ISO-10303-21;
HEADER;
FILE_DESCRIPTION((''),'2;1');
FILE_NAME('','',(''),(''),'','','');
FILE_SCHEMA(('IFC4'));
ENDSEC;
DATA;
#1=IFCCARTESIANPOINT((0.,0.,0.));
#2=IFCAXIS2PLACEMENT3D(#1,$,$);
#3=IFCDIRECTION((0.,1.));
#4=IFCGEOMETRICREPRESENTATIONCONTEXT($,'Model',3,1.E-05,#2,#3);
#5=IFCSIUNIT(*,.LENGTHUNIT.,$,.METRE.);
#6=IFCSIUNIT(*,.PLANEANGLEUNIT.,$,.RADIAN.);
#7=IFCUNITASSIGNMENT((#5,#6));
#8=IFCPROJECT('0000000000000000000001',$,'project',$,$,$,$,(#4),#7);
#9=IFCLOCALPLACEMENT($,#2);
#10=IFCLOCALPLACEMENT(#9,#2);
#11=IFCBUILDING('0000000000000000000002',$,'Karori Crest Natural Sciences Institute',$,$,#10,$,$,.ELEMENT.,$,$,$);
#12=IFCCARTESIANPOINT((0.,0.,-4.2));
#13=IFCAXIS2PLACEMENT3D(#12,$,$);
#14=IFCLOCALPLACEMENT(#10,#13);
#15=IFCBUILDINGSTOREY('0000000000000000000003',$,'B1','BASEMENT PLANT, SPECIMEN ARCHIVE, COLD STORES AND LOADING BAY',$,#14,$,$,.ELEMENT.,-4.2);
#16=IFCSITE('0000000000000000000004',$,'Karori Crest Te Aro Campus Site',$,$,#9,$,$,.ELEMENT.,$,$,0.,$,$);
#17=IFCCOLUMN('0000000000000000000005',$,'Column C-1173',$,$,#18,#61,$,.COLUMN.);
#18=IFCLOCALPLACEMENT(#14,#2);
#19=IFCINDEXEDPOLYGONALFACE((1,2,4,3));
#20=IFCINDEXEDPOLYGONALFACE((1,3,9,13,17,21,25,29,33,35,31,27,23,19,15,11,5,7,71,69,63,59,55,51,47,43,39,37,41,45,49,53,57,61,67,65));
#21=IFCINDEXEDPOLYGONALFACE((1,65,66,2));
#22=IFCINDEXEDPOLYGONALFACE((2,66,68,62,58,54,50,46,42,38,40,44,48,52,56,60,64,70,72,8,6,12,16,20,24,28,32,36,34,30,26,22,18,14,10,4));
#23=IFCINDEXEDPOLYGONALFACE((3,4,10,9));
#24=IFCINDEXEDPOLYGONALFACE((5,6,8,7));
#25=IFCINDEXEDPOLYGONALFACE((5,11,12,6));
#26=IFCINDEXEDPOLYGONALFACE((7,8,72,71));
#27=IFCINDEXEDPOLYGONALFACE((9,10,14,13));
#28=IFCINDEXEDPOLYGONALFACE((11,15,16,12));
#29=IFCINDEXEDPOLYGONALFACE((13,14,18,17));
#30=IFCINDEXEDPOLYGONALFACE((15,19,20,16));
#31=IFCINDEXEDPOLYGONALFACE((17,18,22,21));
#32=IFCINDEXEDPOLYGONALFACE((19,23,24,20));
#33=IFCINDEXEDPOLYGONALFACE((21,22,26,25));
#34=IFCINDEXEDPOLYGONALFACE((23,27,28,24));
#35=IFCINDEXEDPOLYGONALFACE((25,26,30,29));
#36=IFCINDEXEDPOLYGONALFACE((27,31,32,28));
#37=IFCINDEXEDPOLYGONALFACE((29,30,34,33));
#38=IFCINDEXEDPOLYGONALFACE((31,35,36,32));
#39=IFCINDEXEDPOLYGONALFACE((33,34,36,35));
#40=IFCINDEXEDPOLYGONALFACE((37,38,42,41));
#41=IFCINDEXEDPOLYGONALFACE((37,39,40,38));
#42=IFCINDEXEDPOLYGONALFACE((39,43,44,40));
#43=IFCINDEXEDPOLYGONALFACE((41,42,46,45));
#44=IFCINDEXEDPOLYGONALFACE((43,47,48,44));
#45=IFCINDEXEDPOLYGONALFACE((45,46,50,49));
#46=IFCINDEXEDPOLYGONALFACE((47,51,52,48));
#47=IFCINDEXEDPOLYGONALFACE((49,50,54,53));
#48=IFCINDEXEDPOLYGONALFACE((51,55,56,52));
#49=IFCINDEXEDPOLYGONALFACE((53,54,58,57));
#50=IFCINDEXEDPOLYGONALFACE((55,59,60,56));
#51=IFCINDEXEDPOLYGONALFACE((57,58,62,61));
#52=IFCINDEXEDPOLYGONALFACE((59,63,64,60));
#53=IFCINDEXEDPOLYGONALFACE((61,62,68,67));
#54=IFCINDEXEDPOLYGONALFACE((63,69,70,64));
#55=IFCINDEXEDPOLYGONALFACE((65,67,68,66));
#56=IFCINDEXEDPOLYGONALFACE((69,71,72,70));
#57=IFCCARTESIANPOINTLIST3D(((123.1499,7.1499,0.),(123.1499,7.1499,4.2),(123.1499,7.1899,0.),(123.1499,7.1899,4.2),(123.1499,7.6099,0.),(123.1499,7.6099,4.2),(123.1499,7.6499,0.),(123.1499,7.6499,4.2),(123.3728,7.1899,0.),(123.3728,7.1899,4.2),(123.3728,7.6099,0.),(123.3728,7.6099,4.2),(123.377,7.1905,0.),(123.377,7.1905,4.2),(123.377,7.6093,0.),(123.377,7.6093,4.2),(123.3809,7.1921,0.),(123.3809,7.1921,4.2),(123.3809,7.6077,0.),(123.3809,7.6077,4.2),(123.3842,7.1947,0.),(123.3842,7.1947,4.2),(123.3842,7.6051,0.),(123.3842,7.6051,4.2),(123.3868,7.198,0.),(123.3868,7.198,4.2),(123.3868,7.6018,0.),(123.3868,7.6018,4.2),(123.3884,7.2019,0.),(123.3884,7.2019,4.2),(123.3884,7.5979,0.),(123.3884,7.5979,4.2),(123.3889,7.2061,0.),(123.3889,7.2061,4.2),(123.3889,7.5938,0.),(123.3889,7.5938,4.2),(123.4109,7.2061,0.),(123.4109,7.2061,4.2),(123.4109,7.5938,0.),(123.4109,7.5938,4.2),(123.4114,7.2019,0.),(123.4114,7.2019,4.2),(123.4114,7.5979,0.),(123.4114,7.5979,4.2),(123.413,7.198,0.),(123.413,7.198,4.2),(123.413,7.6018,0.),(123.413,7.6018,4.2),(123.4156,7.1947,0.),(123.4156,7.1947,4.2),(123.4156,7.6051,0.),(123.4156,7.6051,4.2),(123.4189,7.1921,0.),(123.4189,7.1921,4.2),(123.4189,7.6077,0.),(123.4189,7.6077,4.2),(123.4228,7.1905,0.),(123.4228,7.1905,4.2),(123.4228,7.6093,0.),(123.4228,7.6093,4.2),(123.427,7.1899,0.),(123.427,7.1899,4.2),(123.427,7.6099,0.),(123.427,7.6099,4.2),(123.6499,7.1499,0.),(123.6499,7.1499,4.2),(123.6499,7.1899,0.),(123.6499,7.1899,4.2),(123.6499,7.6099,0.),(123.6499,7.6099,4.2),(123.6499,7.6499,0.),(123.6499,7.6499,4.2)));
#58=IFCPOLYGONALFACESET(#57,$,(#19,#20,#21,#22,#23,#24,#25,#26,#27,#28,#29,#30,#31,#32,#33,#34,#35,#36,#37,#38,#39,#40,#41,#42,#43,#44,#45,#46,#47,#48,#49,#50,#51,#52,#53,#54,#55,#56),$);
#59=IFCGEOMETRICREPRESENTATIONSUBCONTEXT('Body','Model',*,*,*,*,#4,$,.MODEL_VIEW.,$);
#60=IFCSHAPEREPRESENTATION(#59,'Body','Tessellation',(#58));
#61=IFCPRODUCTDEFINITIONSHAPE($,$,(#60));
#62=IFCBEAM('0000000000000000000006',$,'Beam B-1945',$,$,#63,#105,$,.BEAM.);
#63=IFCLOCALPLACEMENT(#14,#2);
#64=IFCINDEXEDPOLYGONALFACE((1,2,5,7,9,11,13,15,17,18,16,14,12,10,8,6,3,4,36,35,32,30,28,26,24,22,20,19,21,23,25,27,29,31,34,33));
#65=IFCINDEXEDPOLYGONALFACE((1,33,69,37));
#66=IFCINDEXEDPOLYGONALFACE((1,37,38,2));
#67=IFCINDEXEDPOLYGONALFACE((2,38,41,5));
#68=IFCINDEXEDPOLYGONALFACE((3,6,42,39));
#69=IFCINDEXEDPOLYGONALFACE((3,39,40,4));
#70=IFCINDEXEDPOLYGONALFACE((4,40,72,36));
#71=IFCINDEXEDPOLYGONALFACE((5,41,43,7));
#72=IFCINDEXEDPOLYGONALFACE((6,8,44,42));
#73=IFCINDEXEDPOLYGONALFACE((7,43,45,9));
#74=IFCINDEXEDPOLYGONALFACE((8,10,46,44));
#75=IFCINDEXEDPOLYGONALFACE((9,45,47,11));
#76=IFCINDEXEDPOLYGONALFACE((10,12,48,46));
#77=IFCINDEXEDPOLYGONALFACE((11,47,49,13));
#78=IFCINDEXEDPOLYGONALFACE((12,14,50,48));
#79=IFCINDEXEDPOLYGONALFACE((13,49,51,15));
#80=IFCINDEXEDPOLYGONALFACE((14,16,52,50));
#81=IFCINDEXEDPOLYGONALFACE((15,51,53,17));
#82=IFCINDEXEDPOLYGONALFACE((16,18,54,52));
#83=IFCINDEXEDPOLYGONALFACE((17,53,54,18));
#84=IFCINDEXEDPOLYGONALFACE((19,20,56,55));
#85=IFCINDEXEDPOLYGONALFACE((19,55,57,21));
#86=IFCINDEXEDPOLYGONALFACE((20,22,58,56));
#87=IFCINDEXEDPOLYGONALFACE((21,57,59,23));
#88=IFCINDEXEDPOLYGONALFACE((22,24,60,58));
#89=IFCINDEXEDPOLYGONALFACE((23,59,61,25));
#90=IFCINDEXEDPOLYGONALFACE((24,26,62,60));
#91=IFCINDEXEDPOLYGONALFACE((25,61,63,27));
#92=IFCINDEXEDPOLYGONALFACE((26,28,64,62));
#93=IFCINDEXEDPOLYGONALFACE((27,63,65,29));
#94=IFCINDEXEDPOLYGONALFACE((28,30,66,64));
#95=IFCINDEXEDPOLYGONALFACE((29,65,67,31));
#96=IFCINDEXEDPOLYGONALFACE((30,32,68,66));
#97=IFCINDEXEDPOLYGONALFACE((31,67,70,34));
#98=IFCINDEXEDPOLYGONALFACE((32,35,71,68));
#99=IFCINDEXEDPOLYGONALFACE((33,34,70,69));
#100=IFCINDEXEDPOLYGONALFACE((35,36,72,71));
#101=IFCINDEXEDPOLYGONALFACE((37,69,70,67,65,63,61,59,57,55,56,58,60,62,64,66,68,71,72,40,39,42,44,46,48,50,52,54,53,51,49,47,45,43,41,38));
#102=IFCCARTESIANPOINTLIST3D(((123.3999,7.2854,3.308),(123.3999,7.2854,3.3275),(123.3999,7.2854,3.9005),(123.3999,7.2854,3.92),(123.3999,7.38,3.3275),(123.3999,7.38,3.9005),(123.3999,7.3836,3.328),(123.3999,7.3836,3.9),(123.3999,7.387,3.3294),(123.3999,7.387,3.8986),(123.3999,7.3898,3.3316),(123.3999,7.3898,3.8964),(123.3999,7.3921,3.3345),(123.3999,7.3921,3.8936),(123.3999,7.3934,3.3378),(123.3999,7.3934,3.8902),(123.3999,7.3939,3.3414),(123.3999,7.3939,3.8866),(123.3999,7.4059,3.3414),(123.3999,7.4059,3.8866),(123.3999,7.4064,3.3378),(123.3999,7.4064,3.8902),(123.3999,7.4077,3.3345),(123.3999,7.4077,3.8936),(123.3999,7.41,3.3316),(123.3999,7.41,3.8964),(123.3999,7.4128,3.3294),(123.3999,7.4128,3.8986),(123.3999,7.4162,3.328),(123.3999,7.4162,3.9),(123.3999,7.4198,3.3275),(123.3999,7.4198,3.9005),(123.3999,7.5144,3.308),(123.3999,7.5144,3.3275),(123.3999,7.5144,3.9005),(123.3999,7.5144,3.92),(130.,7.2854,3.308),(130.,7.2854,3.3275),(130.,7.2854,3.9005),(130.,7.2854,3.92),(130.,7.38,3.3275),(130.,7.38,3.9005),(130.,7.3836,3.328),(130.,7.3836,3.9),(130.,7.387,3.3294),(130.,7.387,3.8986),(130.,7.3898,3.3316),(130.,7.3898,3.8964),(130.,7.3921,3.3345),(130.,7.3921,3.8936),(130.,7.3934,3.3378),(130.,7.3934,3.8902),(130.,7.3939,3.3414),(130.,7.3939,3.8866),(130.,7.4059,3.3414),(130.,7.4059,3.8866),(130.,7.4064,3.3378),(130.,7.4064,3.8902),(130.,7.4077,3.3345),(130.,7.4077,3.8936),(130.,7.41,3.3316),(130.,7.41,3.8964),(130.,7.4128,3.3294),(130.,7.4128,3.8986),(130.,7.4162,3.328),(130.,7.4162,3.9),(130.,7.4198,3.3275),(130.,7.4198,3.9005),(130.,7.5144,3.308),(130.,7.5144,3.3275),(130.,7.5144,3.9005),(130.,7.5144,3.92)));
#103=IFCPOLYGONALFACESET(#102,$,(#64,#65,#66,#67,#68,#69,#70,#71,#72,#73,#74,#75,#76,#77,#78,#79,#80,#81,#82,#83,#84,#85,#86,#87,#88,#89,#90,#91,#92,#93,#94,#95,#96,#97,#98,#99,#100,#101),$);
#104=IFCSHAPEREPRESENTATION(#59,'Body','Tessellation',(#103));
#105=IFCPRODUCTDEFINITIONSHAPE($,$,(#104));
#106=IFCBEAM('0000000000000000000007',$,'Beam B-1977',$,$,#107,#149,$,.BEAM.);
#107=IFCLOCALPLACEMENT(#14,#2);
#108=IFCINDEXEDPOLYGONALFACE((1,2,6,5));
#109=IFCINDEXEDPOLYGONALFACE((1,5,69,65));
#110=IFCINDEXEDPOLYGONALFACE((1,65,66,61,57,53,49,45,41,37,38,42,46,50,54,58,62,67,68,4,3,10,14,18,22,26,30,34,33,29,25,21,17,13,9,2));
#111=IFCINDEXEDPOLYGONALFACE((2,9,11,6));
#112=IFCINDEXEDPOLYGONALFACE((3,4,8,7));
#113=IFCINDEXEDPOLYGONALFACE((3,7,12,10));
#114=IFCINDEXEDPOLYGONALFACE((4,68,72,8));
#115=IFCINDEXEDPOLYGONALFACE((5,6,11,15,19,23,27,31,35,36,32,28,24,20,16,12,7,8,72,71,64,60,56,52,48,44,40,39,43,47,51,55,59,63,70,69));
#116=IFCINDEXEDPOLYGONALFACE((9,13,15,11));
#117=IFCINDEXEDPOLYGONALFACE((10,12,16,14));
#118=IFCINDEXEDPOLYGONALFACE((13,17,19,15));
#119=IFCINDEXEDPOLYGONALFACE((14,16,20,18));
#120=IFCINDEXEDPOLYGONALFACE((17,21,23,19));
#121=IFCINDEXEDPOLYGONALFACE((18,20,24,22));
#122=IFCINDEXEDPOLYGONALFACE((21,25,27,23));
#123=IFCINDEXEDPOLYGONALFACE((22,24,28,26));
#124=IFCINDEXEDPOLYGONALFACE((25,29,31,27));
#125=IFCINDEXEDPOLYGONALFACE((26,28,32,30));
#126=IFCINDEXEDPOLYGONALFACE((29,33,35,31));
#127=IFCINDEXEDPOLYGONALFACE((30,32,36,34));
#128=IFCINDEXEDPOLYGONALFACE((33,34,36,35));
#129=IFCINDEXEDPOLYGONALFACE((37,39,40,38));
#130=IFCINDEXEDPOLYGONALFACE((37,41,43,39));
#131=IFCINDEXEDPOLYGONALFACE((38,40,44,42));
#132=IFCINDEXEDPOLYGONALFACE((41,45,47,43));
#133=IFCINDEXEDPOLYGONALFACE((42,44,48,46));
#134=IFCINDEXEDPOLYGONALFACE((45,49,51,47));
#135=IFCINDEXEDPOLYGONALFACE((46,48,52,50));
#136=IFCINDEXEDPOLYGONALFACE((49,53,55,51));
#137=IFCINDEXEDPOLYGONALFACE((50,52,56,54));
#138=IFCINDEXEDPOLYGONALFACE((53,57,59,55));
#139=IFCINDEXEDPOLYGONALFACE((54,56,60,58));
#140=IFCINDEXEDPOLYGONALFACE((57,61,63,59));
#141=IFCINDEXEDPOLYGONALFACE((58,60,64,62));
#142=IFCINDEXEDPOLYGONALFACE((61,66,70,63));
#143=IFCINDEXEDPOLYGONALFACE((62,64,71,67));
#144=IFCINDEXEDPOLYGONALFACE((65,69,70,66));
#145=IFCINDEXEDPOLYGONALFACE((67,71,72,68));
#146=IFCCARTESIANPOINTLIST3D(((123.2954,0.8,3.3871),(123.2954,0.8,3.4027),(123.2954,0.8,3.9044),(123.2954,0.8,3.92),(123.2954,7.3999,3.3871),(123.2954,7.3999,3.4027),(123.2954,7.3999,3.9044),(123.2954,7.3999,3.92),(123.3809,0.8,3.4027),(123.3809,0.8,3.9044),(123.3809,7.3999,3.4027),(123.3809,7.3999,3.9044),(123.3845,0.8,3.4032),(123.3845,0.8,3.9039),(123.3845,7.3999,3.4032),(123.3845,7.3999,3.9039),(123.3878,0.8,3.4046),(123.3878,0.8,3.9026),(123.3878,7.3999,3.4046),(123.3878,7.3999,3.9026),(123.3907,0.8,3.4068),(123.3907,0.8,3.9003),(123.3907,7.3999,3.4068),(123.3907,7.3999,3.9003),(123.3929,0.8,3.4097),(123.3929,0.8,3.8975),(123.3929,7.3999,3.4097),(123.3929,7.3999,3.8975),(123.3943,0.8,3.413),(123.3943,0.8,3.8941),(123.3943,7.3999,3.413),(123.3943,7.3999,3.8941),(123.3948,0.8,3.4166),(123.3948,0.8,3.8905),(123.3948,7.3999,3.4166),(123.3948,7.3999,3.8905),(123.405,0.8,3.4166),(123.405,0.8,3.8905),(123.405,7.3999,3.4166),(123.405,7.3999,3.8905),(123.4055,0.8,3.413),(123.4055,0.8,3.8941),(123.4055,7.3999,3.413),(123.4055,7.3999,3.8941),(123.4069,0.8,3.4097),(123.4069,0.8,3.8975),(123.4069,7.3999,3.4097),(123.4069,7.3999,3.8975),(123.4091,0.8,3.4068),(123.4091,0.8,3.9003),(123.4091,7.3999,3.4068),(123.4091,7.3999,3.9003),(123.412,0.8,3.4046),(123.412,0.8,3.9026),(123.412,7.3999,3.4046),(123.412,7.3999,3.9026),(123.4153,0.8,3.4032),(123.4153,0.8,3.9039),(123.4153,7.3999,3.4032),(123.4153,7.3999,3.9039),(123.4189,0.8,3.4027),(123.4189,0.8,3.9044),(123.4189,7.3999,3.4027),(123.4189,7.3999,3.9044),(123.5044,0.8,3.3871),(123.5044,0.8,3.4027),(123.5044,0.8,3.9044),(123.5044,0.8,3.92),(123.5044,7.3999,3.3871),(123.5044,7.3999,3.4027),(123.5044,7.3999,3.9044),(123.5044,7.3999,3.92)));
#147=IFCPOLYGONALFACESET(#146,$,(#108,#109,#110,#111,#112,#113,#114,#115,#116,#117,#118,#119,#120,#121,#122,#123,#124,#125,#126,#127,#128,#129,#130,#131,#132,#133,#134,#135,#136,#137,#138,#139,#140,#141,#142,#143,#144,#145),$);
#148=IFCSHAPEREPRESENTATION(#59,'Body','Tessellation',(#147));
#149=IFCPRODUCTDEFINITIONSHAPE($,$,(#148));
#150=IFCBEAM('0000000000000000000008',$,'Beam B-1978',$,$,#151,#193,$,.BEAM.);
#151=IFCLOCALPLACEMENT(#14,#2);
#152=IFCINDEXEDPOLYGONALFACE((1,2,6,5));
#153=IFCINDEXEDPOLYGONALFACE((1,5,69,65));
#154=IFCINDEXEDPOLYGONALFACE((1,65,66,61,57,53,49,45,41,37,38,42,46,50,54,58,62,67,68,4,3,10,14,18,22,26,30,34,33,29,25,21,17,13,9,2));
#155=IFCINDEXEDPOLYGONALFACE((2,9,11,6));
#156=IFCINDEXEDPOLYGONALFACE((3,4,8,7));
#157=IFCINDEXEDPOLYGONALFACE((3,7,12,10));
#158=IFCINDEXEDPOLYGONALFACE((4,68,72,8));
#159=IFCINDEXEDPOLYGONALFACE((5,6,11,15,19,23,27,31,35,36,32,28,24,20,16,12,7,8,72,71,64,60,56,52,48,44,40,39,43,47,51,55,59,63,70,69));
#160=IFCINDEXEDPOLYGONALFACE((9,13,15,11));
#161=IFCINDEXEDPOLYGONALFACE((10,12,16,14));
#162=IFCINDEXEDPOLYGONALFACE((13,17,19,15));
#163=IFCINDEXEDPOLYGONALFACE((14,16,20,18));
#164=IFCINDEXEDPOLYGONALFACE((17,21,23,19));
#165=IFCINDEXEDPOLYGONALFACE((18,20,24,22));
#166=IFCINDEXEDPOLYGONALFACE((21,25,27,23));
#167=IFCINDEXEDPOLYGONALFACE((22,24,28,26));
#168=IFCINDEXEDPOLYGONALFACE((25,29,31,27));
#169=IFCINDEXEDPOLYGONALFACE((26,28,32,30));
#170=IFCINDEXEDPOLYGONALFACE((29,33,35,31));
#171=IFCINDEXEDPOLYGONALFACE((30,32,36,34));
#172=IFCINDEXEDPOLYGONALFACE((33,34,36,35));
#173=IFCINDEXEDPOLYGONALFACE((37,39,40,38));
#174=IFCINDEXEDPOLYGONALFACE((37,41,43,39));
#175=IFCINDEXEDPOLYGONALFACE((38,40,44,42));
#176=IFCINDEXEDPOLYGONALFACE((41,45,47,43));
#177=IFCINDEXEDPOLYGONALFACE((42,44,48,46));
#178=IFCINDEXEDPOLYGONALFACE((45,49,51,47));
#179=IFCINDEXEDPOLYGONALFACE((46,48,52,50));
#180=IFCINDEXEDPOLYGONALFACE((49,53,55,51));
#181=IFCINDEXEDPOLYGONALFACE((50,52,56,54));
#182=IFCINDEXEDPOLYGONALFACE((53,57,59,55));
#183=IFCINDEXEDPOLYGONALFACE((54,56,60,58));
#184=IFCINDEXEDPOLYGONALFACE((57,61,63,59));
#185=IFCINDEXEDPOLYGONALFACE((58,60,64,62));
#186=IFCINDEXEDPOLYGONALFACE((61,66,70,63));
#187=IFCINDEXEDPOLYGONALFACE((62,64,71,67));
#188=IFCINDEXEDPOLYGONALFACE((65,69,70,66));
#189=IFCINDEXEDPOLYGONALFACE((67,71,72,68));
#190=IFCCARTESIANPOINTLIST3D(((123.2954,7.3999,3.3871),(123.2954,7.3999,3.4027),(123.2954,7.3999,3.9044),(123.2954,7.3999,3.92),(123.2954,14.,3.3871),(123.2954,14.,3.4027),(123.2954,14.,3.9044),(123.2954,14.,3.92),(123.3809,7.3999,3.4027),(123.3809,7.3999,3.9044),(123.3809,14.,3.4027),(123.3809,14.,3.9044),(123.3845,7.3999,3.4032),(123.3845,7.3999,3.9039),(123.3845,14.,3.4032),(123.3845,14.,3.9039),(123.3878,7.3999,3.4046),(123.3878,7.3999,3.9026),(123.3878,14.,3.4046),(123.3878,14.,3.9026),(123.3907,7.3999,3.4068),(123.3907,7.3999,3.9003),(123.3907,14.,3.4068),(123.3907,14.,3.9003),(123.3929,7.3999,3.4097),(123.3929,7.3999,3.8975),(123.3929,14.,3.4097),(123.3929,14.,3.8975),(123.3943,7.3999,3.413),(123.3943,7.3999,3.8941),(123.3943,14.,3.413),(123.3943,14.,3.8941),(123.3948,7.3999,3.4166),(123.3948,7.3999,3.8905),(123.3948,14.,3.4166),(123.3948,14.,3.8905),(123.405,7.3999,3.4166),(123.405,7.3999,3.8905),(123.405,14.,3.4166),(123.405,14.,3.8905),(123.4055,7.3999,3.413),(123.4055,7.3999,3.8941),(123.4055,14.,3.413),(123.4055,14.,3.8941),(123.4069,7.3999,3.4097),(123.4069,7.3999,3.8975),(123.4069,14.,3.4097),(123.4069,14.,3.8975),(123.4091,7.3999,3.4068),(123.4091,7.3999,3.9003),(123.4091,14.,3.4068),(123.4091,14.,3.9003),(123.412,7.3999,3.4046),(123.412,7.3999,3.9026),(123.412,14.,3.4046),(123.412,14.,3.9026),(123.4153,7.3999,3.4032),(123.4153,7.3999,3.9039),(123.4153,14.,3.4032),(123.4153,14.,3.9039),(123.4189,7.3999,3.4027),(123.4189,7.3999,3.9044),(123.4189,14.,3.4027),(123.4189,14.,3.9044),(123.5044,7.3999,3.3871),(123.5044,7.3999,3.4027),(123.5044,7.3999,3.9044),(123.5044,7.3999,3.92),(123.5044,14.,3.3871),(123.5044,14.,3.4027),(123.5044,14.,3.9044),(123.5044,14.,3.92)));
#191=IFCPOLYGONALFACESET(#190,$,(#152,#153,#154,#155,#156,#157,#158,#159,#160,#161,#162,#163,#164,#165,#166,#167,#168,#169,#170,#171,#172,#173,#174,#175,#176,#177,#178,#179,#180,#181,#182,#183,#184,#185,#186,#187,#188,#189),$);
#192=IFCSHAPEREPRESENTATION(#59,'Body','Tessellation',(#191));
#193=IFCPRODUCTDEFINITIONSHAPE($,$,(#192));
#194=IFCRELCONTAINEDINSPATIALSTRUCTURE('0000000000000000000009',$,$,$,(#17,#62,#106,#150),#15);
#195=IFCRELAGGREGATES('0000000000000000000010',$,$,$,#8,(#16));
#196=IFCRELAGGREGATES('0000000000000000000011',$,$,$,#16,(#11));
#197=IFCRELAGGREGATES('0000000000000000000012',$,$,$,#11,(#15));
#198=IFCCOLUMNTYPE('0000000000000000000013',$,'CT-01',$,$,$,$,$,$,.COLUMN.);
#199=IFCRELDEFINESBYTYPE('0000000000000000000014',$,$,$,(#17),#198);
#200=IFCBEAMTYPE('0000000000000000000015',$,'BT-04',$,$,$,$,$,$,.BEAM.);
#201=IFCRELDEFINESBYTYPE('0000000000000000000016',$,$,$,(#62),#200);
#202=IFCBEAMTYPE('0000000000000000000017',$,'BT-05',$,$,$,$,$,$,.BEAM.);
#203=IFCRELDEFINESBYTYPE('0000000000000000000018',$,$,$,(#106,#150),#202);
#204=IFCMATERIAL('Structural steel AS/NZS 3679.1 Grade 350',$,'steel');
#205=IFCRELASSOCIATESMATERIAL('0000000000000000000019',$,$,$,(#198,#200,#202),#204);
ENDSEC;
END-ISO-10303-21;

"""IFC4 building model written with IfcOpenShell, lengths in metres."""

from ifc_helpers import new_model, si_unit, direction, frame, origin, origin_2d, place, context, subcontext, project, spatial, i_section, extrude, material, material_profile, profile_set, type_object, element, save


model = new_model("IFC4")

# Units and contexts
model_context = context("Model", 3, precision=1e-05, world=origin(), true_north=direction((0.0, 1.0)))
body_context = subcontext(model_context, "Body", "Model", "MODEL_VIEW")
ifc_project = project(units=[si_unit("LENGTHUNIT", "METRE"), si_unit("PLANEANGLEUNIT", "RADIAN")], contexts=[model_context])

# Site, building, storey
site_placement = place(None, origin())
site = spatial("IfcSite", under=ifc_project, at=site_placement, Name="Karori Crest Te Aro Campus Site", CompositionType="ELEMENT", RefElevation=0.0)
building_placement = place(site_placement, origin())
building = spatial("IfcBuilding", under=site, at=building_placement, Name="Karori Crest Natural Sciences Institute", CompositionType="ELEMENT")
storey_placement = place(building_placement, frame((0.0, 0.0, -4.2)))
storey = spatial("IfcBuildingStorey", under=building, at=storey_placement, Name="B1", Description="BASEMENT PLANT, SPECIMEN ARCHIVE, COLD STORES AND LOADING BAY", CompositionType="ELEMENT", Elevation=-4.2)

# Column
ifc_material_1 = material(Name="Structural steel AS/NZS 3679.1 Grade 350", Category="steel")
ifc_material_profile_1 = material_profile(ifc_material_1, i_section(OverallWidth=0.5, OverallDepth=0.5, WebThickness=0.022, FlangeThickness=0.04, FilletRadius=0.0161, at=origin_2d()), Name="500WC440")
ifc_profile_set_1 = profile_set([ifc_material_profile_1], Name="Structural steel AS/NZS 3679.1 Grade 350")
column_type = type_object("IfcColumnType", Name="CT-01", PredefinedType="COLUMN", material=ifc_profile_set_1)
for number, where, z_axis, x_axis, name in (
    (1, (123.3999, 7.3999, 0.0), (0.0, 0.0, 1.0), (1.0, 0.0, 0.0), "Column C-1173"),
):
    element("IfcColumn", number, at=place(storey_placement, frame(where, z_axis=z_axis, x_axis=x_axis)), inside=storey, type_object=column_type, Name=name, PredefinedType="COLUMN", context=body_context, shape_type="SweptSolid", body=[
        extrude(i_section(OverallWidth=0.5, OverallDepth=0.5, WebThickness=0.022, FlangeThickness=0.04, FilletRadius=0.0161, at=origin_2d()), origin(), (0.0, 0.0, 1.0), 4.2),
    ])

# Beams
ifc_material_profile_2 = material_profile(ifc_material_1, i_section(OverallWidth=0.229, OverallDepth=0.6121, WebThickness=0.012, FlangeThickness=0.0195, FilletRadius=0.0139, at=origin_2d()), Name="610UB125")
ifc_profile_set_2 = profile_set([ifc_material_profile_2], Name="Structural steel AS/NZS 3679.1 Grade 350")
beam_type_1 = type_object("IfcBeamType", Name="BT-04", PredefinedType="BEAM", material=ifc_profile_set_2)
beam_1_placement = place(storey_placement, frame((123.3999, 7.3999, 3.614), z_axis=(1.0, 0.0, 0.0), x_axis=(0.0, 1.0, 0.0)))
element("IfcBeam", 2, at=beam_1_placement, inside=storey, type_object=beam_type_1, Name="Beam B-1945", PredefinedType="BEAM", context=body_context, shape_type="SweptSolid", body=[
    extrude(i_section(OverallWidth=0.229, OverallDepth=0.6121, WebThickness=0.012, FlangeThickness=0.0195, FilletRadius=0.0139, at=origin_2d()), origin(), (0.0, 0.0, 1.0), 6.6001),
])
ifc_material_profile_3 = material_profile(ifc_material_1, i_section(OverallWidth=0.209, OverallDepth=0.533, WebThickness=0.0103, FlangeThickness=0.0156, FilletRadius=0.0139, at=origin_2d()), Name="530UB92.4")
ifc_profile_set_3 = profile_set([ifc_material_profile_3], Name="Structural steel AS/NZS 3679.1 Grade 350")
beam_type_2 = type_object("IfcBeamType", Name="BT-05", PredefinedType="BEAM", material=ifc_profile_set_3)
beam_2_placement = place(storey_placement, frame((123.3999, 0.8, 3.6536), z_axis=(0.0, 1.0, 0.0), x_axis=(-1.0, 0.0, 0.0)))
element("IfcBeam", 3, at=beam_2_placement, inside=storey, type_object=beam_type_2, Name="Beam B-1977", PredefinedType="BEAM", context=body_context, shape_type="SweptSolid", body=[
    extrude(i_section(OverallWidth=0.209, OverallDepth=0.533, WebThickness=0.0103, FlangeThickness=0.0156, FilletRadius=0.0139, at=origin_2d()), origin(), (0.0, 0.0, 1.0), 6.5999),
])
beam_3_placement = place(storey_placement, frame((123.3999, 7.3999, 3.6536), z_axis=(0.0, 1.0, 0.0), x_axis=(-1.0, 0.0, 0.0)))
element("IfcBeam", 4, at=beam_3_placement, inside=storey, type_object=beam_type_2, Name="Beam B-1978", PredefinedType="BEAM", context=body_context, shape_type="SweptSolid", body=[
    extrude(i_section(OverallWidth=0.209, OverallDepth=0.533, WebThickness=0.0103, FlangeThickness=0.0156, FilletRadius=0.0139, at=origin_2d()), origin(), (0.0, 0.0, 1.0), 6.6001),
])

save(model, "model.ifc")
